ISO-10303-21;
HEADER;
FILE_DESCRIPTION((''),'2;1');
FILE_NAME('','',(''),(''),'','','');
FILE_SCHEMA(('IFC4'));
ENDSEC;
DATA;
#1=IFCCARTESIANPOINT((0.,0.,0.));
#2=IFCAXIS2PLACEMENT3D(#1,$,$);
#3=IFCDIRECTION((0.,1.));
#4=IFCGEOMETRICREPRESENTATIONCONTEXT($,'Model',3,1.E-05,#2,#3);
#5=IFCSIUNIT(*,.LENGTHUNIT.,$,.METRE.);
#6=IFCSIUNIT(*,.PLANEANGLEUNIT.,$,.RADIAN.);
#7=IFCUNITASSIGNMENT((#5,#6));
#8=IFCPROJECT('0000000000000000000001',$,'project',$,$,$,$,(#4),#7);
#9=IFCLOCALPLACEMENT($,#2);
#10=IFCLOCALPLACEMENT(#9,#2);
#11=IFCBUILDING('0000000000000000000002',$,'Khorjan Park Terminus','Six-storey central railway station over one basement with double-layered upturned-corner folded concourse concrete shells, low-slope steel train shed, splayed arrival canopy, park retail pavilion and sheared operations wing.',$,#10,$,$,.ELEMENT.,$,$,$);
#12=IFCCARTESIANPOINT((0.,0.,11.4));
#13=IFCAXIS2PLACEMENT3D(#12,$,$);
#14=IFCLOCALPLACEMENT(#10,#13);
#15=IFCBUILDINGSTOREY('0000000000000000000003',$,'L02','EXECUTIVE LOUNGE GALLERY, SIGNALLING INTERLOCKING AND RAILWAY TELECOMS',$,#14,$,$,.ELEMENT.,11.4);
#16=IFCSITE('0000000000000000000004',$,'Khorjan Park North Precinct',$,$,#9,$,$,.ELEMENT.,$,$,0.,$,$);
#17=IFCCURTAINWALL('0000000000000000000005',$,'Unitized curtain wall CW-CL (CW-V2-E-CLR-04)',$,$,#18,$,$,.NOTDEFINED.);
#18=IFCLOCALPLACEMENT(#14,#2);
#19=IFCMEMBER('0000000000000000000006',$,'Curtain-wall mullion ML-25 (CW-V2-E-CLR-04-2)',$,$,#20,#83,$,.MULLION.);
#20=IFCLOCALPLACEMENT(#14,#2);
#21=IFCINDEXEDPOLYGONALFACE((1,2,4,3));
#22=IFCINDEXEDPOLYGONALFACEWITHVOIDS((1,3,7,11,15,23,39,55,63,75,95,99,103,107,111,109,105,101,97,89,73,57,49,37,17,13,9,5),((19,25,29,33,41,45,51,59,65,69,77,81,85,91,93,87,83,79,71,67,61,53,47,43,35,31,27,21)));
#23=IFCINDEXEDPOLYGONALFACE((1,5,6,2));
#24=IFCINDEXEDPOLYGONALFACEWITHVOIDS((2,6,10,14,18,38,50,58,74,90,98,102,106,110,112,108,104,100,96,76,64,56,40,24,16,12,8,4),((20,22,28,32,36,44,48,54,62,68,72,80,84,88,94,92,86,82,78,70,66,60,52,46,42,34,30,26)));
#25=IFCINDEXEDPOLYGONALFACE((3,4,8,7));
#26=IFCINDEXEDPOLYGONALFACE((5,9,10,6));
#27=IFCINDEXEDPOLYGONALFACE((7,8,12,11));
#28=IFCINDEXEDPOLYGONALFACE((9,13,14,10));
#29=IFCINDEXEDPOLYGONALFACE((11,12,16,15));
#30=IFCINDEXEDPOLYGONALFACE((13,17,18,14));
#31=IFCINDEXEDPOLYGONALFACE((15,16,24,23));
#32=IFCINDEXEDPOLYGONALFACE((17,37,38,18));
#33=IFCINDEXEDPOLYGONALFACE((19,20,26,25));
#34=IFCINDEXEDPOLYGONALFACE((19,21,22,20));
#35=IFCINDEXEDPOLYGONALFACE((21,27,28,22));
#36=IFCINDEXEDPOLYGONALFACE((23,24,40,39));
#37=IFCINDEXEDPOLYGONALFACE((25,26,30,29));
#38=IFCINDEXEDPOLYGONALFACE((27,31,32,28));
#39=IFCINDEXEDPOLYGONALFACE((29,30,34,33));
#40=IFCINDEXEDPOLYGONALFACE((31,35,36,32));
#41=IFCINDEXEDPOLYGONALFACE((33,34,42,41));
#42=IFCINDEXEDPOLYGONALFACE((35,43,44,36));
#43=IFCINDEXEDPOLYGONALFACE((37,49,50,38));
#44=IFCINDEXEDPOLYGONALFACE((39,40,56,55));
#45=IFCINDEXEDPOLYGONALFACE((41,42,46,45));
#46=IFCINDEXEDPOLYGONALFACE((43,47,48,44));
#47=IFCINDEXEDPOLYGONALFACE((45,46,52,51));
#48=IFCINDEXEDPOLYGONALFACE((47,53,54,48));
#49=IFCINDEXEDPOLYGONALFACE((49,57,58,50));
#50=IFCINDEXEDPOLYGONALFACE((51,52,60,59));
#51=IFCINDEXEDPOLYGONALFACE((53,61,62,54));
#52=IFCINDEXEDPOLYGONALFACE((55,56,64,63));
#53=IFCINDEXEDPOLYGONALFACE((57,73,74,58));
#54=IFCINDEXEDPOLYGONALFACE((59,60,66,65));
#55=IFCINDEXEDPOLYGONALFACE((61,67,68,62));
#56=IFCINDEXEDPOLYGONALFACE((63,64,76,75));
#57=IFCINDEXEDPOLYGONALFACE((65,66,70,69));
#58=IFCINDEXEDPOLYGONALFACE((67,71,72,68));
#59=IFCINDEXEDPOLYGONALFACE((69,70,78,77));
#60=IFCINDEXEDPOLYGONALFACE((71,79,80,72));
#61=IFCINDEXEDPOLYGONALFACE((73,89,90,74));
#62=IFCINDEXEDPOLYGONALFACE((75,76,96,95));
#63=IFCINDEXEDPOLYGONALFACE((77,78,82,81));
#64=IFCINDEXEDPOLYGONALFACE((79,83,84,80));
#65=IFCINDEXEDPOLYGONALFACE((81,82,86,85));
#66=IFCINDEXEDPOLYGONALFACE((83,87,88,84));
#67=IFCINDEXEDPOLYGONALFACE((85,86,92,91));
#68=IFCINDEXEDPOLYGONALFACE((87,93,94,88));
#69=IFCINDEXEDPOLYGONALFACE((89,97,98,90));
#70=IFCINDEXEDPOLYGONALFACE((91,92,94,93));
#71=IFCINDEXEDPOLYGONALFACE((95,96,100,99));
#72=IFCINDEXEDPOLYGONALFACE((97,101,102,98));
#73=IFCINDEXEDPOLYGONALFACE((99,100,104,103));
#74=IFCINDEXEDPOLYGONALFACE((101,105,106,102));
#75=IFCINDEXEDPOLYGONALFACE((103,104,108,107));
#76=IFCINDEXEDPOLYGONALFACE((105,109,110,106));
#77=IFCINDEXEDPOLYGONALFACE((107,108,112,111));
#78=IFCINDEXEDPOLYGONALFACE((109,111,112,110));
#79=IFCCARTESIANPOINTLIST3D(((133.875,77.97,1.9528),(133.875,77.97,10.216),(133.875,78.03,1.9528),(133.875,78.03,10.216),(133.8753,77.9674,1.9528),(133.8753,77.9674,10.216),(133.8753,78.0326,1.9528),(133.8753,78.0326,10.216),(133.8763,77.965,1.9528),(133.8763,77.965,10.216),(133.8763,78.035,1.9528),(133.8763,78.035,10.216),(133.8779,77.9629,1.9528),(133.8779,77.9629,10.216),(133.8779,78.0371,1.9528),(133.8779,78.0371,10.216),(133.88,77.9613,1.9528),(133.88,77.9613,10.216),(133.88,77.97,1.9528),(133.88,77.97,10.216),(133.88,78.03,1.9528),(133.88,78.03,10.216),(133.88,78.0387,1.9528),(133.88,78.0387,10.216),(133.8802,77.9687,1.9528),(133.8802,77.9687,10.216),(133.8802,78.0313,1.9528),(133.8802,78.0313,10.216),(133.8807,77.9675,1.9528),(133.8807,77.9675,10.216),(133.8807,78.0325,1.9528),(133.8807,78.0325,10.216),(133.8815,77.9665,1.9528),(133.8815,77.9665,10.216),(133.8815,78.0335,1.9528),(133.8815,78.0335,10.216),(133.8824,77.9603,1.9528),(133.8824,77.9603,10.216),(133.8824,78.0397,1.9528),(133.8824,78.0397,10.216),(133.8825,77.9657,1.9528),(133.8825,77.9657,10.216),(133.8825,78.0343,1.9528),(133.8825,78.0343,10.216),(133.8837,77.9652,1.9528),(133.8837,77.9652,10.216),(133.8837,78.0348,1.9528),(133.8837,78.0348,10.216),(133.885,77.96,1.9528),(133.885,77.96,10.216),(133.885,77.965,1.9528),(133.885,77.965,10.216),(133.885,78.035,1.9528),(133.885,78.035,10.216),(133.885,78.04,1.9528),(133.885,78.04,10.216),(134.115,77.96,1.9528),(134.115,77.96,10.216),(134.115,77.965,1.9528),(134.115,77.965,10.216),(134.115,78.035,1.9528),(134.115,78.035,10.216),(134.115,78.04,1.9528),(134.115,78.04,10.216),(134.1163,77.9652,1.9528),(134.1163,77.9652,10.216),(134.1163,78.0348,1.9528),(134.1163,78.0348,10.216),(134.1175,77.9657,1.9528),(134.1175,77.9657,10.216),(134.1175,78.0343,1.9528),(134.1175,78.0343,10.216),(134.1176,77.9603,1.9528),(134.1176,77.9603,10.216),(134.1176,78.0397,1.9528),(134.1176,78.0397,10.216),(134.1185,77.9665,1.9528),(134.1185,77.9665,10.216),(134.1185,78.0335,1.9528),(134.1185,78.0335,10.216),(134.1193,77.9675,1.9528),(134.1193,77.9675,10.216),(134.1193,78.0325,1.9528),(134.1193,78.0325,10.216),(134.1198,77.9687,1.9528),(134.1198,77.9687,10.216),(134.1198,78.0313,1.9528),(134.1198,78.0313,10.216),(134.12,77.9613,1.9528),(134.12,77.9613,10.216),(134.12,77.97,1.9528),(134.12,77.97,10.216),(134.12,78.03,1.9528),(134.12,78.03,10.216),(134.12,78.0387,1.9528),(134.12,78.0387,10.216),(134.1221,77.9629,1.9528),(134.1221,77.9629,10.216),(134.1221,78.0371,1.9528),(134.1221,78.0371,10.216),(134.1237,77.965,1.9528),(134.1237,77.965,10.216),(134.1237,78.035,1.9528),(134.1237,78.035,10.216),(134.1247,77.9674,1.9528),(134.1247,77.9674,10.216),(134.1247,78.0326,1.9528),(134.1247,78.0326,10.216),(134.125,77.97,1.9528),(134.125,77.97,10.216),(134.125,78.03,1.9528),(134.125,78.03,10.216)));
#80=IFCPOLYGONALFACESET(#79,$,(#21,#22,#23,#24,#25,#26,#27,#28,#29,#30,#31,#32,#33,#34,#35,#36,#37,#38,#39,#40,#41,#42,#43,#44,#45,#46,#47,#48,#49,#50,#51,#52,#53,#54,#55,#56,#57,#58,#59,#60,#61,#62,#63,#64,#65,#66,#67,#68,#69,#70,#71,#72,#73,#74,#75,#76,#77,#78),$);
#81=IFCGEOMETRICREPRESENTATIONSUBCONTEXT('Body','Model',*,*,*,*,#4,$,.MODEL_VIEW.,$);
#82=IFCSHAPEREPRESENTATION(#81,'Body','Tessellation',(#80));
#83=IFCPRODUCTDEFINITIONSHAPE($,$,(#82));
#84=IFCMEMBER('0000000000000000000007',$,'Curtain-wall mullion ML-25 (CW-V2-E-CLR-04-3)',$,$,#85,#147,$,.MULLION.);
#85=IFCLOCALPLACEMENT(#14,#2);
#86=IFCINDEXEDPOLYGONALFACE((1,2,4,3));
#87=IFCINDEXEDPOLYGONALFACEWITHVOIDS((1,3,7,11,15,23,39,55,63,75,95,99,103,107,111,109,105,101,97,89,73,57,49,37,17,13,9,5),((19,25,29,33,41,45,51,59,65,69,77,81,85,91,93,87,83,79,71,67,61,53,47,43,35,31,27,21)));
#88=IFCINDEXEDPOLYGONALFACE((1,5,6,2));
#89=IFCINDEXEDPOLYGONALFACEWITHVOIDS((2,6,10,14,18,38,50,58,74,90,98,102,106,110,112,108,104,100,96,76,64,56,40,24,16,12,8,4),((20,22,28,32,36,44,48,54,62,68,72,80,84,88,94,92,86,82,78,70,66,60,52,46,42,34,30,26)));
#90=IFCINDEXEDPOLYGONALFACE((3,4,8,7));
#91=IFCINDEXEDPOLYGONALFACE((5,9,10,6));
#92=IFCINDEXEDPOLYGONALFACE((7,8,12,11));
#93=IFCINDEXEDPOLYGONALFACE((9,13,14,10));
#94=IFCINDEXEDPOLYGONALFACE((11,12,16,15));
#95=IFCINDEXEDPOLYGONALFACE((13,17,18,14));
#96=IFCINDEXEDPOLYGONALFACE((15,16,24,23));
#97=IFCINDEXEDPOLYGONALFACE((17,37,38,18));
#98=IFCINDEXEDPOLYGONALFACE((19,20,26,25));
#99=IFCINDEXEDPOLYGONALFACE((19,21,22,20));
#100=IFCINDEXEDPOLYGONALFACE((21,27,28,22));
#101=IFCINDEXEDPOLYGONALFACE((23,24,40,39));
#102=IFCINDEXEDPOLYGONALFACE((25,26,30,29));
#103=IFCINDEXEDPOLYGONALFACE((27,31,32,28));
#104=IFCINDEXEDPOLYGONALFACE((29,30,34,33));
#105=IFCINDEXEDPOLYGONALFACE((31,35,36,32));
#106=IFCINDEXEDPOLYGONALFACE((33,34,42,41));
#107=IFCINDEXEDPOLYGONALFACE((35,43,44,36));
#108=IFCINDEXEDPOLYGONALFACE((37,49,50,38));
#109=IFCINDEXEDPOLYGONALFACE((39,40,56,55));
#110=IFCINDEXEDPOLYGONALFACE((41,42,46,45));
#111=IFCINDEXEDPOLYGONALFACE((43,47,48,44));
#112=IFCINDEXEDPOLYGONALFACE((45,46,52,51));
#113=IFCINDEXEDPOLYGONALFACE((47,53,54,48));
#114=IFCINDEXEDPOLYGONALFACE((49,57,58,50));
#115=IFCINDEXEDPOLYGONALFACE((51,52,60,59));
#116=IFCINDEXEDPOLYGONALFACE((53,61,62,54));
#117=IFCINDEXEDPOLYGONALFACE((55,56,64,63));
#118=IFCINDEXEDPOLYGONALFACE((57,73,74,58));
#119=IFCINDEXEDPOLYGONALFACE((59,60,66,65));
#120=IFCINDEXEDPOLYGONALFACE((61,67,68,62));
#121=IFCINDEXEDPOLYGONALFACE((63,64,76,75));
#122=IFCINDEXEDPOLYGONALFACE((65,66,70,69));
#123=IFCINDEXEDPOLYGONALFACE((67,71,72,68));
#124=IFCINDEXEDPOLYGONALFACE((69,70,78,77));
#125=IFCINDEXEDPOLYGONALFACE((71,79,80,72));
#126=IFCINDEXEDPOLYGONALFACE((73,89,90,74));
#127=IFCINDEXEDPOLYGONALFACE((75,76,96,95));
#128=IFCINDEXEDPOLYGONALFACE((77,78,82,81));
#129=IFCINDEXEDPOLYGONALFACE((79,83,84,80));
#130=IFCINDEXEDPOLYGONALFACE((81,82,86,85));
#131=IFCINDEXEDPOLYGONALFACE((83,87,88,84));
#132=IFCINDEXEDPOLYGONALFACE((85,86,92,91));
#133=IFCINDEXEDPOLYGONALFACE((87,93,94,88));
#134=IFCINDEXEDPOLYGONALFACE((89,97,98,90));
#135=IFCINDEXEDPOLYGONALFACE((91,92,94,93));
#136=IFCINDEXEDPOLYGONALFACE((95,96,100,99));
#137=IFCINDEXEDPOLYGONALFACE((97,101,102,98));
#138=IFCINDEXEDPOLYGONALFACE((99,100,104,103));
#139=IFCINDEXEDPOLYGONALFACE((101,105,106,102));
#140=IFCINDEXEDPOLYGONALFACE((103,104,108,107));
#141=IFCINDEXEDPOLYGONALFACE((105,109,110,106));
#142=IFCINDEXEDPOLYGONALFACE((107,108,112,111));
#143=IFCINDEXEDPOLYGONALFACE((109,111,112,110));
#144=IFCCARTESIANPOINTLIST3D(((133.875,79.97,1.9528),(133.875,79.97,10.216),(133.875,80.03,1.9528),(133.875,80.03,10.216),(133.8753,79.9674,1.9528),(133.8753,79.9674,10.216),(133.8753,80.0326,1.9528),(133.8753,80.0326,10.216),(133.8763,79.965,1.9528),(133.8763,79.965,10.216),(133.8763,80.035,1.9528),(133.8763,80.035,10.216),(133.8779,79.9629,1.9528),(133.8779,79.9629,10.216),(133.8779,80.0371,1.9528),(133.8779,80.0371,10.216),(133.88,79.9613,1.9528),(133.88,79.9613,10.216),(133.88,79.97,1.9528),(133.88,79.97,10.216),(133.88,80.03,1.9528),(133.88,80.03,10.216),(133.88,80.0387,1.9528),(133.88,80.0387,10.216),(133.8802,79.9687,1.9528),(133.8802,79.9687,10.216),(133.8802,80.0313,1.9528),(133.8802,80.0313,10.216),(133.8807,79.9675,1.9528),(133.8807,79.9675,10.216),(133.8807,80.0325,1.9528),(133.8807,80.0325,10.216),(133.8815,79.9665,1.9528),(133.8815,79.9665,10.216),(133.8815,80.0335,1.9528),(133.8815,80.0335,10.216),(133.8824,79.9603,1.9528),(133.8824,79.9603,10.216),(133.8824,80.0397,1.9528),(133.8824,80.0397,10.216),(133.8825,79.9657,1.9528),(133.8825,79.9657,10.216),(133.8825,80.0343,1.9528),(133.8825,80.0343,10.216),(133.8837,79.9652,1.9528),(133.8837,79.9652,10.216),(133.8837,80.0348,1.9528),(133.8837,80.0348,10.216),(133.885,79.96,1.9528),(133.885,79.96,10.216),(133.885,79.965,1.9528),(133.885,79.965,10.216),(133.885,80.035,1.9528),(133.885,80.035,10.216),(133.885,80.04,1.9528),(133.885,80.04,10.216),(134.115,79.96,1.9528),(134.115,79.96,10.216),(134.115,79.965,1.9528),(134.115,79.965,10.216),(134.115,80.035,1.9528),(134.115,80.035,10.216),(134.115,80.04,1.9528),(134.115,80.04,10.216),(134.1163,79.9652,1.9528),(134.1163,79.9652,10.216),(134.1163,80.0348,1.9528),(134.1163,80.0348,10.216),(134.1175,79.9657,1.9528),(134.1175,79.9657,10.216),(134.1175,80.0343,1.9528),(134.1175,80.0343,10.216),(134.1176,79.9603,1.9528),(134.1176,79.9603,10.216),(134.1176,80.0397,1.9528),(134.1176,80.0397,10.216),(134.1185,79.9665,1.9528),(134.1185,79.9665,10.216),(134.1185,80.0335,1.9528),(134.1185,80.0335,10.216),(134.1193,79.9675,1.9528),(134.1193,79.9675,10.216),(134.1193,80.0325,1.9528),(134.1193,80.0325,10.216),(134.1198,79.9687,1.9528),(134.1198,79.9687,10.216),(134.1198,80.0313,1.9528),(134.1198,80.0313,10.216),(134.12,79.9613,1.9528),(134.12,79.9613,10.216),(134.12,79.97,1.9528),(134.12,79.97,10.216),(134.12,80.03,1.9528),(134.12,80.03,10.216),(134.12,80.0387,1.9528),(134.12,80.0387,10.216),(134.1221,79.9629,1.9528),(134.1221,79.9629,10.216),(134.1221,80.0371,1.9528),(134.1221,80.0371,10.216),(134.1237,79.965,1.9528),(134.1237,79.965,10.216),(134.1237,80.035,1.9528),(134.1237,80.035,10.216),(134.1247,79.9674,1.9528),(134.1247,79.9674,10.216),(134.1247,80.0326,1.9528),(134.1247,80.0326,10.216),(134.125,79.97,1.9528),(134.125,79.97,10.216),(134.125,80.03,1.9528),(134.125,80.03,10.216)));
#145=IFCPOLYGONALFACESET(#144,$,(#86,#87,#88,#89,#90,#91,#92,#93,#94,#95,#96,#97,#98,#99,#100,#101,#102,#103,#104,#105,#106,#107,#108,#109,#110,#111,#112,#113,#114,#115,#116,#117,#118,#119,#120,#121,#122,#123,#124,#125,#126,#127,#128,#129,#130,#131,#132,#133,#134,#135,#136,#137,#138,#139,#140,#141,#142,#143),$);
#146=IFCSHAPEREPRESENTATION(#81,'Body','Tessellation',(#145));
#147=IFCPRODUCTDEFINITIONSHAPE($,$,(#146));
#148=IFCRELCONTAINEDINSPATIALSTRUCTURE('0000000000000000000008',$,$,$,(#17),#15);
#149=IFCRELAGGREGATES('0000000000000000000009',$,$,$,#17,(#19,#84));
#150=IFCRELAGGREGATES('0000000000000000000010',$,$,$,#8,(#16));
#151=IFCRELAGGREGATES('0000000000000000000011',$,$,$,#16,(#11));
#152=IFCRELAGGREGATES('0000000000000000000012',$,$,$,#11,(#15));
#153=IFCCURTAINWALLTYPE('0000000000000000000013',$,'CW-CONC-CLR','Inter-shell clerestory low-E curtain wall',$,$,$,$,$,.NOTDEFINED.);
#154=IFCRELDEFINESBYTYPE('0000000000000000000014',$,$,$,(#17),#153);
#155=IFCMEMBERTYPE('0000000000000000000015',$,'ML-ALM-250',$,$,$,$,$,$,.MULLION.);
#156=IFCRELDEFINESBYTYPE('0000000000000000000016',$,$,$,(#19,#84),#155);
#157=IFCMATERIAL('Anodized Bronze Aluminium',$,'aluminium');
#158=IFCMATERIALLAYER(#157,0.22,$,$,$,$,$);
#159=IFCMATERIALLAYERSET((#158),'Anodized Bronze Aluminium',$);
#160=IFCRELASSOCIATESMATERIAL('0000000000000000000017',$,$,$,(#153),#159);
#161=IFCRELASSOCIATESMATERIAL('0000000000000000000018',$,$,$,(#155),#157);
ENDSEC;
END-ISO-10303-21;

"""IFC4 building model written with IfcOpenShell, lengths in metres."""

from ifc_helpers import new_model, si_unit, direction, frame, origin, origin_2d, place, context, subcontext, project, spatial, hollow_rectangle, extrude, material, layer, layer_set, material_profile, profile_set, type_object, element, aggregate, save


model = new_model("IFC4")

# Units and contexts
model_context = context("Model", 3, precision=1e-05, world=origin(), true_north=direction((0.0, 1.0)))
body_context = subcontext(model_context, "Body", "Model", "MODEL_VIEW")
ifc_project = project(units=[si_unit("LENGTHUNIT", "METRE"), si_unit("PLANEANGLEUNIT", "RADIAN")], contexts=[model_context])

# Site, building, storey
site_placement = place(None, origin())
site = spatial("IfcSite", under=ifc_project, at=site_placement, Name="Khorjan Park North Precinct", CompositionType="ELEMENT", RefElevation=0.0)
building_placement = place(site_placement, origin())
building = spatial("IfcBuilding", under=site, at=building_placement, Name="Khorjan Park Terminus", Description="Six-storey central railway station over one basement with double-layered upturned-corner folded concourse concrete shells, low-slope steel train shed, splayed arrival canopy, park retail pavilion and sheared operations wing.", CompositionType="ELEMENT")
storey_placement = place(building_placement, frame((0.0, 0.0, 11.4)))
storey = spatial("IfcBuildingStorey", under=building, at=storey_placement, Name="L02", Description="EXECUTIVE LOUNGE GALLERY, SIGNALLING INTERLOCKING AND RAILWAY TELECOMS", CompositionType="ELEMENT", Elevation=11.4)

# Curtain wall, members
ifc_material_1 = material(Name="Anodized Bronze Aluminium", Category="aluminium")
ifc_layer_1 = layer(ifc_material_1, 0.22)
ifc_layer_set_1 = layer_set([ifc_layer_1], Name="Anodized Bronze Aluminium")
curtain_wall_type = type_object("IfcCurtainWallType", Name="CW-CONC-CLR", Description="Inter-shell clerestory low-E curtain wall", PredefinedType="NOTDEFINED", material=ifc_layer_set_1)
curtain_wall_placement = place(storey_placement, origin())
curtain_wall = element("IfcCurtainWall", 1, at=curtain_wall_placement, inside=storey, type_object=curtain_wall_type, Name="Unitized curtain wall CW-CL (CW-V2-E-CLR-04)", PredefinedType="NOTDEFINED")
ifc_material_profile_1 = material_profile(ifc_material_1, hollow_rectangle(XDim=0.08, YDim=0.25, WallThickness=0.005, InnerFilletRadius=0.005, OuterFilletRadius=0.01, at=origin_2d()), Name="ALM 80x250x5")
ifc_profile_set_1 = profile_set([ifc_material_profile_1], Name="Anodized Bronze Aluminium")
member_type_1 = type_object("IfcMemberType", Name="ML-ALM-250", PredefinedType="MULLION", material=ifc_profile_set_1)
member_1_placement = place(storey_placement, frame((134.0, 78.0, 1.9528), z_axis=(0.0, 0.0, 1.0), x_axis=(0.0, 1.0, 0.0)))
member_1 = element("IfcMember", 2, at=member_1_placement, type_object=member_type_1, Name="Curtain-wall mullion ML-25 (CW-V2-E-CLR-04-2)", PredefinedType="MULLION", context=body_context, shape_type="SweptSolid", body=[
    extrude(hollow_rectangle(XDim=0.08, YDim=0.25, WallThickness=0.005, InnerFilletRadius=0.005, OuterFilletRadius=0.01, at=origin_2d()), origin(), (0.0, 0.0, 1.0), 8.2632),
])
member_2_placement = place(storey_placement, frame((134.0, 80.0, 1.9528), z_axis=(0.0, 0.0, 1.0), x_axis=(0.0, 1.0, 0.0)))
member_2 = element("IfcMember", 3, at=member_2_placement, type_object=member_type_1, Name="Curtain-wall mullion ML-25 (CW-V2-E-CLR-04-3)", PredefinedType="MULLION", context=body_context, shape_type="SweptSolid", body=[
    extrude(hollow_rectangle(XDim=0.08, YDim=0.25, WallThickness=0.005, InnerFilletRadius=0.005, OuterFilletRadius=0.01, at=origin_2d()), origin(), (0.0, 0.0, 1.0), 8.2632),
])

aggregate(curtain_wall, [member_1, member_2])

save(model, "model.ifc")
